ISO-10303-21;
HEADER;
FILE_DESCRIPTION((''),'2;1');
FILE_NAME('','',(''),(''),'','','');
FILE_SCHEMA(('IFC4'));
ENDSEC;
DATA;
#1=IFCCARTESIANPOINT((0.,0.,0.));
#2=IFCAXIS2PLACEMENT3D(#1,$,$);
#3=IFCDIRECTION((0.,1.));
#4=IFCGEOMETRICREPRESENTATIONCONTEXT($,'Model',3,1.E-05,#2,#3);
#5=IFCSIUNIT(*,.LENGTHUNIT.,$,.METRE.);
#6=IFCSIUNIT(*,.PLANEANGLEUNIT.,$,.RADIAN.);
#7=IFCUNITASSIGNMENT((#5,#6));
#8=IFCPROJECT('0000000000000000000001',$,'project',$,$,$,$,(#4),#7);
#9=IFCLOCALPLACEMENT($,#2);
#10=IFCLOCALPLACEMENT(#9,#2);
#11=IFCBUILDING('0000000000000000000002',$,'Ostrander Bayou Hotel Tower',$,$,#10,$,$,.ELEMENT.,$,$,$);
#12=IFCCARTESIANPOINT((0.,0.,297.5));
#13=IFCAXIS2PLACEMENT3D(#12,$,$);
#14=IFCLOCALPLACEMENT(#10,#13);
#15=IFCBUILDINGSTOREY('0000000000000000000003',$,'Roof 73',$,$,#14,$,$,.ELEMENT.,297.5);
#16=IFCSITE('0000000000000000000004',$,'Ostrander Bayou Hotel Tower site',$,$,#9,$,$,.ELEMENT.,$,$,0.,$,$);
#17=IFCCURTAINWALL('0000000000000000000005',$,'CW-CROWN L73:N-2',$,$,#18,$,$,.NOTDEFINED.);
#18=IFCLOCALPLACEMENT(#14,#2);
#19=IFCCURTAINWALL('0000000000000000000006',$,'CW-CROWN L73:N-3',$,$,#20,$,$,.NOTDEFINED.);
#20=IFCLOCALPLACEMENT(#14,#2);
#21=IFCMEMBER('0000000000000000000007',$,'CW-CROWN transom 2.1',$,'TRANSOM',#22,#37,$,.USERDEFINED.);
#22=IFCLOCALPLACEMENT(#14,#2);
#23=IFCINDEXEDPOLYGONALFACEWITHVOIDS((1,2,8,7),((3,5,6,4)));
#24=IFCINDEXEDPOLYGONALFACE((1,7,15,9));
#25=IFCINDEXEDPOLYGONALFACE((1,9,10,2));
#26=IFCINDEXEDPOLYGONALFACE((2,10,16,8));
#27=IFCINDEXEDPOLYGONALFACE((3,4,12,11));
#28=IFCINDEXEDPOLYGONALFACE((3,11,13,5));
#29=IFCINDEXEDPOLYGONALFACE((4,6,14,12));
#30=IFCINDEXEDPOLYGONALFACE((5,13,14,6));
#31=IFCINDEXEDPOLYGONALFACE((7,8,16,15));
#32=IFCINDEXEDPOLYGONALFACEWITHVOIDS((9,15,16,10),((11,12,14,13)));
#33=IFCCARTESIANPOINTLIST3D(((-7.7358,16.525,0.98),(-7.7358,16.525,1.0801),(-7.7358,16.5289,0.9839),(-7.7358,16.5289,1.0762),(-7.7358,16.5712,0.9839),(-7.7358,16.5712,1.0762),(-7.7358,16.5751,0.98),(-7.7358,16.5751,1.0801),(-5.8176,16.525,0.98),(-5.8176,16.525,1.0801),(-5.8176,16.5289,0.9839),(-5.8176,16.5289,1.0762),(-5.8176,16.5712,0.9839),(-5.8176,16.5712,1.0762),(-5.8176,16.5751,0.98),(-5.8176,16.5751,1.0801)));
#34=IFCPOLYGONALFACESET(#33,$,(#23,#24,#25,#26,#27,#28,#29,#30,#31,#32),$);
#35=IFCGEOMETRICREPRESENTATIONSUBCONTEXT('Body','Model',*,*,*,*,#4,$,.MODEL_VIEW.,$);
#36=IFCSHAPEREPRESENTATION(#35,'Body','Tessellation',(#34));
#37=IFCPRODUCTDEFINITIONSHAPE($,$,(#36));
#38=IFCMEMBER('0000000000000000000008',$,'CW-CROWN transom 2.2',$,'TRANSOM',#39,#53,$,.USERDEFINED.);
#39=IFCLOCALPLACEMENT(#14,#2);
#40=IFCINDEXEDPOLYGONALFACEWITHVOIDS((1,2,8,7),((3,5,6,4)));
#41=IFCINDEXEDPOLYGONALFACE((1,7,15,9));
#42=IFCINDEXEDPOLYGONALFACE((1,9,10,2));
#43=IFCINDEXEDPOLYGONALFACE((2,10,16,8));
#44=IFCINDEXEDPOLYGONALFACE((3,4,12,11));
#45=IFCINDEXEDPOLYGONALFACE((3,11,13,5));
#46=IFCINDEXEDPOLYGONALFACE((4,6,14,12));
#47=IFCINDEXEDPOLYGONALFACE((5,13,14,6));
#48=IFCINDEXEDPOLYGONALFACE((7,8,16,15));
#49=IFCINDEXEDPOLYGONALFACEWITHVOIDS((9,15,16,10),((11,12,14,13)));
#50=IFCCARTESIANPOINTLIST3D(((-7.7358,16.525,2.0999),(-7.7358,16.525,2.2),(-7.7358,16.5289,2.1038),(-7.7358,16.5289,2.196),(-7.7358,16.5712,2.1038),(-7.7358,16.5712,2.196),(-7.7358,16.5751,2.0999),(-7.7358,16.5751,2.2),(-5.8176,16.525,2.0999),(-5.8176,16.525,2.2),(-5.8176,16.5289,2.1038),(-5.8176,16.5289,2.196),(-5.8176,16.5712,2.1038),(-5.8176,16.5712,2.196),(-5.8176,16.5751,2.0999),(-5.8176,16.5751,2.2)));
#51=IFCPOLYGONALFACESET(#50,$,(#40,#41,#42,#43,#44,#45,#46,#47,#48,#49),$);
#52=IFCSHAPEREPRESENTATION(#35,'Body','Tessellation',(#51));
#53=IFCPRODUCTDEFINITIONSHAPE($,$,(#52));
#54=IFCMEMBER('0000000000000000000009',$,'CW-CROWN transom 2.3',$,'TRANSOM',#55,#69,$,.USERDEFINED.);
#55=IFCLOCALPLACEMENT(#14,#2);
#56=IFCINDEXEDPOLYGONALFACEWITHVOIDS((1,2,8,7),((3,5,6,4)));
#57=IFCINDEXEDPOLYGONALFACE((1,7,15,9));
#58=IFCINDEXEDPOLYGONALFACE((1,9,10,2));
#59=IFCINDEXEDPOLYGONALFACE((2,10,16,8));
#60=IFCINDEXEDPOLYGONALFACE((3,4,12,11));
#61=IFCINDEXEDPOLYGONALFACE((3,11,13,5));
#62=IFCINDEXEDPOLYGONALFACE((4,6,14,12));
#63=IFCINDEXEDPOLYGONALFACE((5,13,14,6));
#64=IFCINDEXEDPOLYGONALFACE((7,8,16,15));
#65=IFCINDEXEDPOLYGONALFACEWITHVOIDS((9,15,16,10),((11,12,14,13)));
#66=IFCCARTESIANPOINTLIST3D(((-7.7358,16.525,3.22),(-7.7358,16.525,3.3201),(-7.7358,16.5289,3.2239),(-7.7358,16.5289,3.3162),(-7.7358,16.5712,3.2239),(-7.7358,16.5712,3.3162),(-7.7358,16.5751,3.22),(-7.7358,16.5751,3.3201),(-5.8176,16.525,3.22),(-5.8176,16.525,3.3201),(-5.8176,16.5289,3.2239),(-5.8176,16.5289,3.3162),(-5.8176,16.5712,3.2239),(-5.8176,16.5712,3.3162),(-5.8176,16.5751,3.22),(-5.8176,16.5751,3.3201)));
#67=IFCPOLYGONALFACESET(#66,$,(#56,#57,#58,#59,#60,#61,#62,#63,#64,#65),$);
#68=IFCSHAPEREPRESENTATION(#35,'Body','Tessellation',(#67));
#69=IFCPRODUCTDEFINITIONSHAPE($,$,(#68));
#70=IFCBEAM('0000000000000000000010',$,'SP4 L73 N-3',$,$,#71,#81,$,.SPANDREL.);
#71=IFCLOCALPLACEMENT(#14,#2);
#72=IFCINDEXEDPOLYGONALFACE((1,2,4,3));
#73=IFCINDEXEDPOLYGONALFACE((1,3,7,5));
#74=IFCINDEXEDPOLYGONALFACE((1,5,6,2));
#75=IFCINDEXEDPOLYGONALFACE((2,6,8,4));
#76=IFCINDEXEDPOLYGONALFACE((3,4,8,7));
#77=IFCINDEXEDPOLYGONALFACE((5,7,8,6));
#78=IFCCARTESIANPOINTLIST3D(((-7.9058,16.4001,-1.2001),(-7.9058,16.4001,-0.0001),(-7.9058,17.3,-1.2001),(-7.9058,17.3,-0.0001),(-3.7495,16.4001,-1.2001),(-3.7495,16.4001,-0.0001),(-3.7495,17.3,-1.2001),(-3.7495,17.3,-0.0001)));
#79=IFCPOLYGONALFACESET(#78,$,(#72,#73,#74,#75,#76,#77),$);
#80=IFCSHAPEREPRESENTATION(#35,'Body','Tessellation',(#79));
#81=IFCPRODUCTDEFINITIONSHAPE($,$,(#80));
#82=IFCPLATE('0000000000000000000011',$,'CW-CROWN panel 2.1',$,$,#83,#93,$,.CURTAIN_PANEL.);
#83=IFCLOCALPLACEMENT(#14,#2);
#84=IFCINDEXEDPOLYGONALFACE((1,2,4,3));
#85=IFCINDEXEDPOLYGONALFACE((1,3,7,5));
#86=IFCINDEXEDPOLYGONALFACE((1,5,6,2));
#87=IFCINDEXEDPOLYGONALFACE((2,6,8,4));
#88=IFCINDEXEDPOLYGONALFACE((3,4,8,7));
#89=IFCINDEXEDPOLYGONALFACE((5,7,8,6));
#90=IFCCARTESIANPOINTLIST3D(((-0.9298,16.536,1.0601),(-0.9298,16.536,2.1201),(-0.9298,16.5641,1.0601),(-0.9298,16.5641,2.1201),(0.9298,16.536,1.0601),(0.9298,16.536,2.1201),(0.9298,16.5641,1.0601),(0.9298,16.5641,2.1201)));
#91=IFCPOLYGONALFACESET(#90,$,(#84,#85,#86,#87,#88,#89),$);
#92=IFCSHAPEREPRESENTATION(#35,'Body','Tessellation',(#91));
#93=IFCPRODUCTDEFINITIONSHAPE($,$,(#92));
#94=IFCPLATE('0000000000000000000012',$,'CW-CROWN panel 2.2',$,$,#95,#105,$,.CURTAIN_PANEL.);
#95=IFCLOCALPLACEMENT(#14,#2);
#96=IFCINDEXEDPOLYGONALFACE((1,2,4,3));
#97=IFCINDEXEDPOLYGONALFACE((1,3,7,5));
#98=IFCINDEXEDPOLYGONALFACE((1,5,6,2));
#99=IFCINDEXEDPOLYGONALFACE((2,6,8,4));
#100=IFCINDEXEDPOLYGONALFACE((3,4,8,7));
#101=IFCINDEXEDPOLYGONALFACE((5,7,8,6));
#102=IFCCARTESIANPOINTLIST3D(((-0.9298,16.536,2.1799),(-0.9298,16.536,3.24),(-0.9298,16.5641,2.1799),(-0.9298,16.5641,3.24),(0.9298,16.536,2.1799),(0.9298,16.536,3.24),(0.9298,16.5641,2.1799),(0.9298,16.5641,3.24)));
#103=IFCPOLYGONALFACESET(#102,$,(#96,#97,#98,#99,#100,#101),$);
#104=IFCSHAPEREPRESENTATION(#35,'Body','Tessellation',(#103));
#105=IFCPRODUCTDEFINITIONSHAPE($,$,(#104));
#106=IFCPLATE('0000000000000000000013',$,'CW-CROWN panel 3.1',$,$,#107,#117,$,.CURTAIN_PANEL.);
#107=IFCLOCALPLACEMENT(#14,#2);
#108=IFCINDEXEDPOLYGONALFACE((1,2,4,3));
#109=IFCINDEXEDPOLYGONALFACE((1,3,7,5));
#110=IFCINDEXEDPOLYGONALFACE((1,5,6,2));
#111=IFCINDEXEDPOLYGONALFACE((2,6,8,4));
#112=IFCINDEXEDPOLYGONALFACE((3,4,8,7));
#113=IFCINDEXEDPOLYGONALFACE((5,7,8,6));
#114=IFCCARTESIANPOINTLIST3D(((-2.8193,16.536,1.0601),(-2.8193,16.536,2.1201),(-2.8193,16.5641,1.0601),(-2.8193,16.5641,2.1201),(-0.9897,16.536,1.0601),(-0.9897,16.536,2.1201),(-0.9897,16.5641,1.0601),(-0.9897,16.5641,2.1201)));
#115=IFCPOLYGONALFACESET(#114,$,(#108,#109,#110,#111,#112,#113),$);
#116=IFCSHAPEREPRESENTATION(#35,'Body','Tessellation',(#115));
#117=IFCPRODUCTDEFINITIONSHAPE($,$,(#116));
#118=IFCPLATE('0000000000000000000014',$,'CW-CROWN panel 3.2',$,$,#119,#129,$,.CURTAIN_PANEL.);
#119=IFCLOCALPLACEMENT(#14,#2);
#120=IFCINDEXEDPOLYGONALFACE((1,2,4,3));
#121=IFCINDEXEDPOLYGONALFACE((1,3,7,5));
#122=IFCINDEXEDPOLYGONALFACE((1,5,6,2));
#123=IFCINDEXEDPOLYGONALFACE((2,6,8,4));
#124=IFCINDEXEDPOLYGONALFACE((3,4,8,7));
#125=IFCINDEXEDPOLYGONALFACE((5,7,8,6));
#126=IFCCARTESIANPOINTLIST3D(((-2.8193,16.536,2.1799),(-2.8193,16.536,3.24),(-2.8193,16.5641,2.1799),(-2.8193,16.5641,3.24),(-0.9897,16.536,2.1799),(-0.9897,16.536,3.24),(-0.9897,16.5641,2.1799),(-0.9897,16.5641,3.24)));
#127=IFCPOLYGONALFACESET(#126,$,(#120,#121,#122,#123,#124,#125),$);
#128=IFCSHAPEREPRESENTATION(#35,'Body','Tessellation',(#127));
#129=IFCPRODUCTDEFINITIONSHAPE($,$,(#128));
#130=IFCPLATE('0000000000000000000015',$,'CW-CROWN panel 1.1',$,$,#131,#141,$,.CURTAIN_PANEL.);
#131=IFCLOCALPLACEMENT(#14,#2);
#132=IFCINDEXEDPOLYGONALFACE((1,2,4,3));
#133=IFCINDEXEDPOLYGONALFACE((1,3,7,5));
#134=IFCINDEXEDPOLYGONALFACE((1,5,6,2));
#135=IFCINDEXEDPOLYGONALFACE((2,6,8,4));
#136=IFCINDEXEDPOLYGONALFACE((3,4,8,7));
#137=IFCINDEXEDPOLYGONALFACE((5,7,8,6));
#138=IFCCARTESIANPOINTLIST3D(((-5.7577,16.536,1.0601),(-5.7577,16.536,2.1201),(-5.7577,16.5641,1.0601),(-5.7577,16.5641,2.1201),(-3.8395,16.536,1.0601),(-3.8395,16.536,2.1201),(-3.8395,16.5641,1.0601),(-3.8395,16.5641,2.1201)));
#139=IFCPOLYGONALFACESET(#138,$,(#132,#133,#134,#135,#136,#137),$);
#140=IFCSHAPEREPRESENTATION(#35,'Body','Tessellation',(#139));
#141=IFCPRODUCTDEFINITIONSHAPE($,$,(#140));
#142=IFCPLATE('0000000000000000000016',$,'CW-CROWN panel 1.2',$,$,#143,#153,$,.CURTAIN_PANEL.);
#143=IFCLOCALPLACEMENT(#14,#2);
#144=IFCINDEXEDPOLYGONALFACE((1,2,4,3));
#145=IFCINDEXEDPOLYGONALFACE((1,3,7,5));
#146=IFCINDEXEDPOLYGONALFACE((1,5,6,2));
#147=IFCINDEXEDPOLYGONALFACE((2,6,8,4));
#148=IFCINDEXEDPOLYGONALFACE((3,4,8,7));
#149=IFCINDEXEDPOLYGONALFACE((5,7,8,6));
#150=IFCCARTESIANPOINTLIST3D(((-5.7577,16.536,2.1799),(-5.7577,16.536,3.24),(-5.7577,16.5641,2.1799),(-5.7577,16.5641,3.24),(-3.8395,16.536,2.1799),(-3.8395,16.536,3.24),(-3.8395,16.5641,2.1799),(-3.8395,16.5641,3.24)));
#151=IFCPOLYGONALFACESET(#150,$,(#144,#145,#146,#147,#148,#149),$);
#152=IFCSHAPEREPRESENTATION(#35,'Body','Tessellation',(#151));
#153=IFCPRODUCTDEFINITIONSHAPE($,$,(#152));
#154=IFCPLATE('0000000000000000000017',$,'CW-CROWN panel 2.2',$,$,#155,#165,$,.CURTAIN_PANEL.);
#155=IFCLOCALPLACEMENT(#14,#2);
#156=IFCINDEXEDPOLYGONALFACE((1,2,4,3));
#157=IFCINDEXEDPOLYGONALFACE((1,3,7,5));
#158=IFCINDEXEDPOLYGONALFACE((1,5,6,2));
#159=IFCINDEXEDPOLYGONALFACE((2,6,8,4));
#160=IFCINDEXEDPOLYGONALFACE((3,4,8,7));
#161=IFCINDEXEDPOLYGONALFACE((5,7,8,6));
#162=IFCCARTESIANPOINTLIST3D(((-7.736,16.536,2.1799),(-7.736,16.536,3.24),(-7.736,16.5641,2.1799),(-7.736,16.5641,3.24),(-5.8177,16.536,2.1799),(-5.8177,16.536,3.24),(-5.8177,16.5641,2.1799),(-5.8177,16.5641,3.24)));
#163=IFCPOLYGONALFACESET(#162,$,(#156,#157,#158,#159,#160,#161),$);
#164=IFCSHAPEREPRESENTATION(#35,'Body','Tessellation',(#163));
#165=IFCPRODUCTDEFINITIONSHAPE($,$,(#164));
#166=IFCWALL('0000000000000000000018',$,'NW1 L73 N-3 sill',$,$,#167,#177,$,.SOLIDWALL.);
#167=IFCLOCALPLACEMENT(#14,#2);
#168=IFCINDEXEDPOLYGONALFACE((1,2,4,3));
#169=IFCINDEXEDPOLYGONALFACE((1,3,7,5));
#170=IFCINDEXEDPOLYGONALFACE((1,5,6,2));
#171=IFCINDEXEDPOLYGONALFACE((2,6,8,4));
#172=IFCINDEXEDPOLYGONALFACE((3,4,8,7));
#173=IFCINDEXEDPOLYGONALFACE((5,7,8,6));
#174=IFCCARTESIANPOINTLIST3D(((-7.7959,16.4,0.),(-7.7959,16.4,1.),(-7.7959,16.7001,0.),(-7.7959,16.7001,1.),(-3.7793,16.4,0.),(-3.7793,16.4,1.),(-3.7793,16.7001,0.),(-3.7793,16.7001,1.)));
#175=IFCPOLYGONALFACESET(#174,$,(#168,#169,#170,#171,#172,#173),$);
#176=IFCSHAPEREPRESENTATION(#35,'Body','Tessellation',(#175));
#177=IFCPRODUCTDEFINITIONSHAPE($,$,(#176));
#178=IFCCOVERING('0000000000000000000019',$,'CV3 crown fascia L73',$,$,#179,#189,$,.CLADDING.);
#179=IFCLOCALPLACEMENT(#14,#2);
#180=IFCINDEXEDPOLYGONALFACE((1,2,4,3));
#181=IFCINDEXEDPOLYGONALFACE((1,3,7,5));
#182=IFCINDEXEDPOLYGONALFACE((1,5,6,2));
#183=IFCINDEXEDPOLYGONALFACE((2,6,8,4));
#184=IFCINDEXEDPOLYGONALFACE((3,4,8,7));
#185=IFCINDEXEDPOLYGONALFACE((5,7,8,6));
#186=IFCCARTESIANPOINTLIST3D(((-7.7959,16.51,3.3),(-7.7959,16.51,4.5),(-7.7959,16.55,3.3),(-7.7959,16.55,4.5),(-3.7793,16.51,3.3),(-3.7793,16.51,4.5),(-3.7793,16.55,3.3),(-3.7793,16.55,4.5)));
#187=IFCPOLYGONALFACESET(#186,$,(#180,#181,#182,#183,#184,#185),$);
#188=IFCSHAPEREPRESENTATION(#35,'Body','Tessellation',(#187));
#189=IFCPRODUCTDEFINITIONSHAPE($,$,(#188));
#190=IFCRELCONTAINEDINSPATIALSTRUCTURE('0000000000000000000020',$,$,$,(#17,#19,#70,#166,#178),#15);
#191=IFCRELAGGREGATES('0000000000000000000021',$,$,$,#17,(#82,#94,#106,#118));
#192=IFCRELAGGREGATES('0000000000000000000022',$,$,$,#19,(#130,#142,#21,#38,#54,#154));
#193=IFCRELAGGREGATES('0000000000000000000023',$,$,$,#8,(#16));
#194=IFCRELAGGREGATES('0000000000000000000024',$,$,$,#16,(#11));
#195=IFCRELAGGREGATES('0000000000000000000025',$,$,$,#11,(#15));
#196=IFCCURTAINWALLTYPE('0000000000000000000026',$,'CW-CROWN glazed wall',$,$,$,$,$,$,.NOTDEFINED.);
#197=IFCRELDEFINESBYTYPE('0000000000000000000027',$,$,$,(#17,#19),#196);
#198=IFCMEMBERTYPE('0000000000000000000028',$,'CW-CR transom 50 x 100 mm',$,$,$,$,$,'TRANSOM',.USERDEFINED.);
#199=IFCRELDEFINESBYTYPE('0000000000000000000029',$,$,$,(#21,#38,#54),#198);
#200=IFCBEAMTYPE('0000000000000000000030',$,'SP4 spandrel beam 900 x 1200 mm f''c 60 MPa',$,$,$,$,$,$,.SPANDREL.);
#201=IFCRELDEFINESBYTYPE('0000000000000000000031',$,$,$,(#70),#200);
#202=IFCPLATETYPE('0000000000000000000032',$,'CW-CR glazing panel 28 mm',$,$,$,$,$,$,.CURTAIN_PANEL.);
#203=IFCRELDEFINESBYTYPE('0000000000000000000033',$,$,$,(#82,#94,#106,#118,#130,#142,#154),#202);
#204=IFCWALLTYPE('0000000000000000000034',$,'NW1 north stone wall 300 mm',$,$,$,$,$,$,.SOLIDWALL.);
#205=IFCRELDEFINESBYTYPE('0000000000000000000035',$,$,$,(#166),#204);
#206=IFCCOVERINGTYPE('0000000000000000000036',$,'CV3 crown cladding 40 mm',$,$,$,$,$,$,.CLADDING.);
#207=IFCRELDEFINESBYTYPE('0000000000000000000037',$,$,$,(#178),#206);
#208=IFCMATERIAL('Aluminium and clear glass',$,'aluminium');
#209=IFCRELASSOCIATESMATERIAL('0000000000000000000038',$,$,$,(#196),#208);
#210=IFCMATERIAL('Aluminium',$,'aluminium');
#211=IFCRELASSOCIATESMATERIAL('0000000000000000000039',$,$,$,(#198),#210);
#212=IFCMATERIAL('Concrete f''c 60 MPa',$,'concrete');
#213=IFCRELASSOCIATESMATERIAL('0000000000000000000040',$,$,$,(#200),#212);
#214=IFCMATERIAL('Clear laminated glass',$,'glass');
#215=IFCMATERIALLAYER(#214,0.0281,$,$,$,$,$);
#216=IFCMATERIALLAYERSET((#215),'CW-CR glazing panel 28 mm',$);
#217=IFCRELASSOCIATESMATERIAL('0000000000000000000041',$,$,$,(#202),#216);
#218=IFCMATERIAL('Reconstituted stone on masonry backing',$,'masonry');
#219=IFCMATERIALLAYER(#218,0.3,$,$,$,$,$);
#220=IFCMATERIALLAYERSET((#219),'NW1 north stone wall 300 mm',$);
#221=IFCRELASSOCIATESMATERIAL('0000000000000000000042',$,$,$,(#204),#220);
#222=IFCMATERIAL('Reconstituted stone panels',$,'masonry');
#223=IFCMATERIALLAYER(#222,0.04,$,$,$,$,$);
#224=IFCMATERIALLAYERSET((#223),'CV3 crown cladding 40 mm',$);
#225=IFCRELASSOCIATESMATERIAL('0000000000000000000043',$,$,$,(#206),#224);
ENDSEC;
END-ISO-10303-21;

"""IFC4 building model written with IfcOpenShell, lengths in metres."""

from ifc_helpers import new_model, si_unit, direction, frame, frame_2d, origin, origin_2d, place, context, subcontext, project, spatial, polyline, rectangle, hollow_rectangle, outline, extrude, material, layer, layer_set, material_profile, profile_set, type_object, element, aggregate, save


model = new_model("IFC4")

# Units and contexts
model_context = context("Model", 3, precision=1e-05, world=origin(), true_north=direction((0.0, 1.0)))
body_context = subcontext(model_context, "Body", "Model", "MODEL_VIEW")
ifc_project = project(units=[si_unit("LENGTHUNIT", "METRE"), si_unit("PLANEANGLEUNIT", "RADIAN")], contexts=[model_context])

# Site, building, storey
site_placement = place(None, origin())
site = spatial("IfcSite", under=ifc_project, at=site_placement, Name="Ostrander Bayou Hotel Tower site", CompositionType="ELEMENT", RefElevation=0.0)
building_placement = place(site_placement, origin())
building = spatial("IfcBuilding", under=site, at=building_placement, Name="Ostrander Bayou Hotel Tower", CompositionType="ELEMENT")
storey_placement = place(building_placement, frame((0.0, 0.0, 297.5)))
storey = spatial("IfcBuildingStorey", under=building, at=storey_placement, Name="Roof 73", CompositionType="ELEMENT", Elevation=297.5)

# Curtain walls
ifc_material_1 = material(Name="Aluminium and clear glass", Category="aluminium")
curtain_wall_type = type_object("IfcCurtainWallType", Name="CW-CROWN glazed wall", PredefinedType="NOTDEFINED", material=ifc_material_1)
curtain_wall_1_placement = place(storey_placement, origin())
curtain_wall_1 = element("IfcCurtainWall", 1, at=curtain_wall_1_placement, inside=storey, type_object=curtain_wall_type, Name="CW-CROWN L73:N-2", PredefinedType="NOTDEFINED")
curtain_wall_2_placement = place(storey_placement, origin())
curtain_wall_2 = element("IfcCurtainWall", 2, at=curtain_wall_2_placement, inside=storey, type_object=curtain_wall_type, Name="CW-CROWN L73:N-3", PredefinedType="NOTDEFINED")

# Members
ifc_material_2 = material(Name="Aluminium", Category="aluminium")
ifc_material_profile_1 = material_profile(ifc_material_2, hollow_rectangle(XDim=0.05, YDim=0.1001, WallThickness=0.0039, at=origin_2d()))
ifc_profile_set_1 = profile_set([ifc_material_profile_1], Name="Aluminium")
member_type_1 = type_object("IfcMemberType", Name="CW-CR transom 50 x 100 mm", ElementType="TRANSOM", PredefinedType="USERDEFINED", material=ifc_profile_set_1)
member_1_placement = place(storey_placement, frame((-5.8176, 16.55, 1.03), z_axis=(-1.0, 0.0, 0.0), x_axis=(0.0, -1.0, 0.0)))
member_1 = element("IfcMember", 3, at=member_1_placement, type_object=member_type_1, Name="CW-CROWN transom 2.1", ObjectType="TRANSOM", PredefinedType="USERDEFINED", context=body_context, shape_type="SweptSolid", body=[
    extrude(hollow_rectangle(XDim=0.05, YDim=0.1001, WallThickness=0.0039, at=origin_2d()), origin(), (0.0, 0.0, 1.0), 1.9182),
])
member_2_placement = place(storey_placement, frame((-5.8176, 16.55, 2.1499), z_axis=(-1.0, 0.0, 0.0), x_axis=(0.0, -1.0, 0.0)))
member_2 = element("IfcMember", 4, at=member_2_placement, type_object=member_type_1, Name="CW-CROWN transom 2.2", ObjectType="TRANSOM", PredefinedType="USERDEFINED", context=body_context, shape_type="SweptSolid", body=[
    extrude(hollow_rectangle(XDim=0.05, YDim=0.1001, WallThickness=0.0039, at=origin_2d()), origin(), (0.0, 0.0, 1.0), 1.9182),
])
member_3_placement = place(storey_placement, frame((-5.8176, 16.55, 3.27), z_axis=(-1.0, 0.0, 0.0), x_axis=(0.0, -1.0, 0.0)))
member_3 = element("IfcMember", 5, at=member_3_placement, type_object=member_type_1, Name="CW-CROWN transom 2.3", ObjectType="TRANSOM", PredefinedType="USERDEFINED", context=body_context, shape_type="SweptSolid", body=[
    extrude(hollow_rectangle(XDim=0.05, YDim=0.1001, WallThickness=0.0039, at=origin_2d()), origin(), (0.0, 0.0, 1.0), 1.9182),
])

# Beam
ifc_material_3 = material(Name="Concrete f'c 60 MPa", Category="concrete")
ifc_material_profile_2 = material_profile(ifc_material_3, rectangle(XDim=0.8999, YDim=1.2, at=origin_2d()))
ifc_profile_set_2 = profile_set([ifc_material_profile_2], Name="Concrete f'c 60 MPa")
beam_type = type_object("IfcBeamType", Name="SP4 spandrel beam 900 x 1200 mm f'c 60 MPa", PredefinedType="SPANDREL", material=ifc_profile_set_2)
beam_placement = place(storey_placement, frame((-3.7495, 16.8501, -0.6001), z_axis=(-1.0, 0.0, 0.0), x_axis=(0.0, -1.0, 0.0)))
element("IfcBeam", 6, at=beam_placement, inside=storey, type_object=beam_type, Name="SP4 L73 N-3", PredefinedType="SPANDREL", context=body_context, shape_type="SweptSolid", body=[
    extrude(rectangle(XDim=0.8999, YDim=1.2, at=origin_2d()), origin(), (0.0, 0.0, 1.0), 4.1562),
])

# Plates
ifc_material_4 = material(Name="Clear laminated glass", Category="glass")
ifc_layer_1 = layer(ifc_material_4, 0.0281)
ifc_layer_set_1 = layer_set([ifc_layer_1], Name="CW-CR glazing panel 28 mm")
plate_type = type_object("IfcPlateType", Name="CW-CR glazing panel 28 mm", PredefinedType="CURTAIN_PANEL", material=ifc_layer_set_1)
plate_1_placement = place(storey_placement, frame((0.0, 16.55, 1.0601), z_axis=(0.0, 0.0, 1.0), x_axis=(-1.0, 0.0, 0.0)))
plate_1 = element("IfcPlate", 7, at=plate_1_placement, type_object=plate_type, Name="CW-CROWN panel 2.1", PredefinedType="CURTAIN_PANEL", context=body_context, shape_type="SweptSolid", body=[
    extrude(rectangle(XDim=1.8596, YDim=0.0281, at=origin_2d()), origin(), (0.0, 0.0, 1.0), 1.0601),
])
plate_2_placement = place(storey_placement, frame((0.0, 16.55, 2.1799), z_axis=(0.0, 0.0, 1.0), x_axis=(-1.0, 0.0, 0.0)))
plate_2 = element("IfcPlate", 8, at=plate_2_placement, type_object=plate_type, Name="CW-CROWN panel 2.2", PredefinedType="CURTAIN_PANEL", context=body_context, shape_type="SweptSolid", body=[
    extrude(rectangle(XDim=1.8596, YDim=0.0281, at=origin_2d()), origin(), (0.0, 0.0, 1.0), 1.0601),
])
plate_3_placement = place(storey_placement, frame((-1.9045, 16.55, 1.0601), z_axis=(0.0, 0.0, 1.0), x_axis=(-1.0, 0.0, 0.0)))
plate_3 = element("IfcPlate", 9, at=plate_3_placement, type_object=plate_type, Name="CW-CROWN panel 3.1", PredefinedType="CURTAIN_PANEL", context=body_context, shape_type="SweptSolid", body=[
    extrude(rectangle(XDim=1.8296, YDim=0.0281, at=origin_2d()), origin(), (0.0, 0.0, 1.0), 1.0601),
])
plate_4_placement = place(storey_placement, frame((-1.9045, 16.55, 2.1799), z_axis=(0.0, 0.0, 1.0), x_axis=(-1.0, 0.0, 0.0)))
plate_4 = element("IfcPlate", 10, at=plate_4_placement, type_object=plate_type, Name="CW-CROWN panel 3.2", PredefinedType="CURTAIN_PANEL", context=body_context, shape_type="SweptSolid", body=[
    extrude(rectangle(XDim=1.8296, YDim=0.0281, at=origin_2d()), origin(), (0.0, 0.0, 1.0), 1.0601),
])
aggregate(curtain_wall_1, [plate_1, plate_2, plate_3, plate_4])
plate_5_placement = place(storey_placement, frame((-4.7986, 16.55, 1.0601), z_axis=(0.0, 0.0, 1.0), x_axis=(-1.0, 0.0, 0.0)))
plate_5 = element("IfcPlate", 11, at=plate_5_placement, type_object=plate_type, Name="CW-CROWN panel 1.1", PredefinedType="CURTAIN_PANEL", context=body_context, shape_type="SweptSolid", body=[
    extrude(rectangle(XDim=1.9182, YDim=0.0281, at=origin_2d()), origin(), (0.0, 0.0, 1.0), 1.0601),
])
plate_6_placement = place(storey_placement, frame((-4.7986, 16.55, 2.1799), z_axis=(0.0, 0.0, 1.0), x_axis=(-1.0, 0.0, 0.0)))
plate_6 = element("IfcPlate", 12, at=plate_6_placement, type_object=plate_type, Name="CW-CROWN panel 1.2", PredefinedType="CURTAIN_PANEL", context=body_context, shape_type="SweptSolid", body=[
    extrude(rectangle(XDim=1.9182, YDim=0.0281, at=origin_2d()), origin(), (0.0, 0.0, 1.0), 1.0601),
])
plate_7_placement = place(storey_placement, frame((-6.7769, 16.55, 2.1799), z_axis=(0.0, 0.0, 1.0), x_axis=(-1.0, 0.0, 0.0)))
plate_7 = element("IfcPlate", 13, at=plate_7_placement, type_object=plate_type, Name="CW-CROWN panel 2.2", PredefinedType="CURTAIN_PANEL", context=body_context, shape_type="SweptSolid", body=[
    extrude(rectangle(XDim=1.9182, YDim=0.0281, at=origin_2d()), origin(), (0.0, 0.0, 1.0), 1.0601),
])
aggregate(curtain_wall_2, [plate_5, plate_6, member_1, member_2, member_3, plate_7])

# Wall
ifc_material_5 = material(Name="Reconstituted stone on masonry backing", Category="masonry")
ifc_layer_2 = layer(ifc_material_5, 0.3)
ifc_layer_set_2 = layer_set([ifc_layer_2], Name="NW1 north stone wall 300 mm")
wall_type = type_object("IfcWallType", Name="NW1 north stone wall 300 mm", PredefinedType="SOLIDWALL", material=ifc_layer_set_2)
wall_placement = place(storey_placement, frame((-3.7793, 16.55, 0.0), z_axis=(0.0, 0.0, 1.0), x_axis=(-1.0, 0.0, 0.0)))
element("IfcWall", 14, at=wall_placement, inside=storey, type_object=wall_type, Name="NW1 L73 N-3 sill", PredefinedType="SOLIDWALL", context=body_context, shape_type="SweptSolid", body=[
    extrude(rectangle(XDim=4.0166, YDim=0.3, at=frame_2d((2.0083, 0.0))), origin(), (0.0, 0.0, 1.0), 1.0),
])

# Covering
ifc_material_6 = material(Name="Reconstituted stone panels", Category="masonry")
ifc_layer_3 = layer(ifc_material_6, 0.04)
ifc_layer_set_3 = layer_set([ifc_layer_3], Name="CV3 crown cladding 40 mm")
covering_type = type_object("IfcCoveringType", Name="CV3 crown cladding 40 mm", PredefinedType="CLADDING", material=ifc_layer_set_3)
covering_placement = place(storey_placement, frame((-3.7793, 16.55, 3.3), z_axis=(0.0, 1.0, 0.0), x_axis=(-1.0, 0.0, 0.0)))
element("IfcCovering", 15, at=covering_placement, inside=storey, type_object=covering_type, Name="CV3 crown fascia L73", PredefinedType="CLADDING", context=body_context, shape_type="SweptSolid", body=[
    extrude(outline(polyline([(0.0, 0.0), (4.0166, 0.0), (4.0166, 1.2), (0.0, 1.2), (0.0, 0.0)])), origin(), (0.0, 0.0, -1.0), 0.04),
])

save(model, "model.ifc")
